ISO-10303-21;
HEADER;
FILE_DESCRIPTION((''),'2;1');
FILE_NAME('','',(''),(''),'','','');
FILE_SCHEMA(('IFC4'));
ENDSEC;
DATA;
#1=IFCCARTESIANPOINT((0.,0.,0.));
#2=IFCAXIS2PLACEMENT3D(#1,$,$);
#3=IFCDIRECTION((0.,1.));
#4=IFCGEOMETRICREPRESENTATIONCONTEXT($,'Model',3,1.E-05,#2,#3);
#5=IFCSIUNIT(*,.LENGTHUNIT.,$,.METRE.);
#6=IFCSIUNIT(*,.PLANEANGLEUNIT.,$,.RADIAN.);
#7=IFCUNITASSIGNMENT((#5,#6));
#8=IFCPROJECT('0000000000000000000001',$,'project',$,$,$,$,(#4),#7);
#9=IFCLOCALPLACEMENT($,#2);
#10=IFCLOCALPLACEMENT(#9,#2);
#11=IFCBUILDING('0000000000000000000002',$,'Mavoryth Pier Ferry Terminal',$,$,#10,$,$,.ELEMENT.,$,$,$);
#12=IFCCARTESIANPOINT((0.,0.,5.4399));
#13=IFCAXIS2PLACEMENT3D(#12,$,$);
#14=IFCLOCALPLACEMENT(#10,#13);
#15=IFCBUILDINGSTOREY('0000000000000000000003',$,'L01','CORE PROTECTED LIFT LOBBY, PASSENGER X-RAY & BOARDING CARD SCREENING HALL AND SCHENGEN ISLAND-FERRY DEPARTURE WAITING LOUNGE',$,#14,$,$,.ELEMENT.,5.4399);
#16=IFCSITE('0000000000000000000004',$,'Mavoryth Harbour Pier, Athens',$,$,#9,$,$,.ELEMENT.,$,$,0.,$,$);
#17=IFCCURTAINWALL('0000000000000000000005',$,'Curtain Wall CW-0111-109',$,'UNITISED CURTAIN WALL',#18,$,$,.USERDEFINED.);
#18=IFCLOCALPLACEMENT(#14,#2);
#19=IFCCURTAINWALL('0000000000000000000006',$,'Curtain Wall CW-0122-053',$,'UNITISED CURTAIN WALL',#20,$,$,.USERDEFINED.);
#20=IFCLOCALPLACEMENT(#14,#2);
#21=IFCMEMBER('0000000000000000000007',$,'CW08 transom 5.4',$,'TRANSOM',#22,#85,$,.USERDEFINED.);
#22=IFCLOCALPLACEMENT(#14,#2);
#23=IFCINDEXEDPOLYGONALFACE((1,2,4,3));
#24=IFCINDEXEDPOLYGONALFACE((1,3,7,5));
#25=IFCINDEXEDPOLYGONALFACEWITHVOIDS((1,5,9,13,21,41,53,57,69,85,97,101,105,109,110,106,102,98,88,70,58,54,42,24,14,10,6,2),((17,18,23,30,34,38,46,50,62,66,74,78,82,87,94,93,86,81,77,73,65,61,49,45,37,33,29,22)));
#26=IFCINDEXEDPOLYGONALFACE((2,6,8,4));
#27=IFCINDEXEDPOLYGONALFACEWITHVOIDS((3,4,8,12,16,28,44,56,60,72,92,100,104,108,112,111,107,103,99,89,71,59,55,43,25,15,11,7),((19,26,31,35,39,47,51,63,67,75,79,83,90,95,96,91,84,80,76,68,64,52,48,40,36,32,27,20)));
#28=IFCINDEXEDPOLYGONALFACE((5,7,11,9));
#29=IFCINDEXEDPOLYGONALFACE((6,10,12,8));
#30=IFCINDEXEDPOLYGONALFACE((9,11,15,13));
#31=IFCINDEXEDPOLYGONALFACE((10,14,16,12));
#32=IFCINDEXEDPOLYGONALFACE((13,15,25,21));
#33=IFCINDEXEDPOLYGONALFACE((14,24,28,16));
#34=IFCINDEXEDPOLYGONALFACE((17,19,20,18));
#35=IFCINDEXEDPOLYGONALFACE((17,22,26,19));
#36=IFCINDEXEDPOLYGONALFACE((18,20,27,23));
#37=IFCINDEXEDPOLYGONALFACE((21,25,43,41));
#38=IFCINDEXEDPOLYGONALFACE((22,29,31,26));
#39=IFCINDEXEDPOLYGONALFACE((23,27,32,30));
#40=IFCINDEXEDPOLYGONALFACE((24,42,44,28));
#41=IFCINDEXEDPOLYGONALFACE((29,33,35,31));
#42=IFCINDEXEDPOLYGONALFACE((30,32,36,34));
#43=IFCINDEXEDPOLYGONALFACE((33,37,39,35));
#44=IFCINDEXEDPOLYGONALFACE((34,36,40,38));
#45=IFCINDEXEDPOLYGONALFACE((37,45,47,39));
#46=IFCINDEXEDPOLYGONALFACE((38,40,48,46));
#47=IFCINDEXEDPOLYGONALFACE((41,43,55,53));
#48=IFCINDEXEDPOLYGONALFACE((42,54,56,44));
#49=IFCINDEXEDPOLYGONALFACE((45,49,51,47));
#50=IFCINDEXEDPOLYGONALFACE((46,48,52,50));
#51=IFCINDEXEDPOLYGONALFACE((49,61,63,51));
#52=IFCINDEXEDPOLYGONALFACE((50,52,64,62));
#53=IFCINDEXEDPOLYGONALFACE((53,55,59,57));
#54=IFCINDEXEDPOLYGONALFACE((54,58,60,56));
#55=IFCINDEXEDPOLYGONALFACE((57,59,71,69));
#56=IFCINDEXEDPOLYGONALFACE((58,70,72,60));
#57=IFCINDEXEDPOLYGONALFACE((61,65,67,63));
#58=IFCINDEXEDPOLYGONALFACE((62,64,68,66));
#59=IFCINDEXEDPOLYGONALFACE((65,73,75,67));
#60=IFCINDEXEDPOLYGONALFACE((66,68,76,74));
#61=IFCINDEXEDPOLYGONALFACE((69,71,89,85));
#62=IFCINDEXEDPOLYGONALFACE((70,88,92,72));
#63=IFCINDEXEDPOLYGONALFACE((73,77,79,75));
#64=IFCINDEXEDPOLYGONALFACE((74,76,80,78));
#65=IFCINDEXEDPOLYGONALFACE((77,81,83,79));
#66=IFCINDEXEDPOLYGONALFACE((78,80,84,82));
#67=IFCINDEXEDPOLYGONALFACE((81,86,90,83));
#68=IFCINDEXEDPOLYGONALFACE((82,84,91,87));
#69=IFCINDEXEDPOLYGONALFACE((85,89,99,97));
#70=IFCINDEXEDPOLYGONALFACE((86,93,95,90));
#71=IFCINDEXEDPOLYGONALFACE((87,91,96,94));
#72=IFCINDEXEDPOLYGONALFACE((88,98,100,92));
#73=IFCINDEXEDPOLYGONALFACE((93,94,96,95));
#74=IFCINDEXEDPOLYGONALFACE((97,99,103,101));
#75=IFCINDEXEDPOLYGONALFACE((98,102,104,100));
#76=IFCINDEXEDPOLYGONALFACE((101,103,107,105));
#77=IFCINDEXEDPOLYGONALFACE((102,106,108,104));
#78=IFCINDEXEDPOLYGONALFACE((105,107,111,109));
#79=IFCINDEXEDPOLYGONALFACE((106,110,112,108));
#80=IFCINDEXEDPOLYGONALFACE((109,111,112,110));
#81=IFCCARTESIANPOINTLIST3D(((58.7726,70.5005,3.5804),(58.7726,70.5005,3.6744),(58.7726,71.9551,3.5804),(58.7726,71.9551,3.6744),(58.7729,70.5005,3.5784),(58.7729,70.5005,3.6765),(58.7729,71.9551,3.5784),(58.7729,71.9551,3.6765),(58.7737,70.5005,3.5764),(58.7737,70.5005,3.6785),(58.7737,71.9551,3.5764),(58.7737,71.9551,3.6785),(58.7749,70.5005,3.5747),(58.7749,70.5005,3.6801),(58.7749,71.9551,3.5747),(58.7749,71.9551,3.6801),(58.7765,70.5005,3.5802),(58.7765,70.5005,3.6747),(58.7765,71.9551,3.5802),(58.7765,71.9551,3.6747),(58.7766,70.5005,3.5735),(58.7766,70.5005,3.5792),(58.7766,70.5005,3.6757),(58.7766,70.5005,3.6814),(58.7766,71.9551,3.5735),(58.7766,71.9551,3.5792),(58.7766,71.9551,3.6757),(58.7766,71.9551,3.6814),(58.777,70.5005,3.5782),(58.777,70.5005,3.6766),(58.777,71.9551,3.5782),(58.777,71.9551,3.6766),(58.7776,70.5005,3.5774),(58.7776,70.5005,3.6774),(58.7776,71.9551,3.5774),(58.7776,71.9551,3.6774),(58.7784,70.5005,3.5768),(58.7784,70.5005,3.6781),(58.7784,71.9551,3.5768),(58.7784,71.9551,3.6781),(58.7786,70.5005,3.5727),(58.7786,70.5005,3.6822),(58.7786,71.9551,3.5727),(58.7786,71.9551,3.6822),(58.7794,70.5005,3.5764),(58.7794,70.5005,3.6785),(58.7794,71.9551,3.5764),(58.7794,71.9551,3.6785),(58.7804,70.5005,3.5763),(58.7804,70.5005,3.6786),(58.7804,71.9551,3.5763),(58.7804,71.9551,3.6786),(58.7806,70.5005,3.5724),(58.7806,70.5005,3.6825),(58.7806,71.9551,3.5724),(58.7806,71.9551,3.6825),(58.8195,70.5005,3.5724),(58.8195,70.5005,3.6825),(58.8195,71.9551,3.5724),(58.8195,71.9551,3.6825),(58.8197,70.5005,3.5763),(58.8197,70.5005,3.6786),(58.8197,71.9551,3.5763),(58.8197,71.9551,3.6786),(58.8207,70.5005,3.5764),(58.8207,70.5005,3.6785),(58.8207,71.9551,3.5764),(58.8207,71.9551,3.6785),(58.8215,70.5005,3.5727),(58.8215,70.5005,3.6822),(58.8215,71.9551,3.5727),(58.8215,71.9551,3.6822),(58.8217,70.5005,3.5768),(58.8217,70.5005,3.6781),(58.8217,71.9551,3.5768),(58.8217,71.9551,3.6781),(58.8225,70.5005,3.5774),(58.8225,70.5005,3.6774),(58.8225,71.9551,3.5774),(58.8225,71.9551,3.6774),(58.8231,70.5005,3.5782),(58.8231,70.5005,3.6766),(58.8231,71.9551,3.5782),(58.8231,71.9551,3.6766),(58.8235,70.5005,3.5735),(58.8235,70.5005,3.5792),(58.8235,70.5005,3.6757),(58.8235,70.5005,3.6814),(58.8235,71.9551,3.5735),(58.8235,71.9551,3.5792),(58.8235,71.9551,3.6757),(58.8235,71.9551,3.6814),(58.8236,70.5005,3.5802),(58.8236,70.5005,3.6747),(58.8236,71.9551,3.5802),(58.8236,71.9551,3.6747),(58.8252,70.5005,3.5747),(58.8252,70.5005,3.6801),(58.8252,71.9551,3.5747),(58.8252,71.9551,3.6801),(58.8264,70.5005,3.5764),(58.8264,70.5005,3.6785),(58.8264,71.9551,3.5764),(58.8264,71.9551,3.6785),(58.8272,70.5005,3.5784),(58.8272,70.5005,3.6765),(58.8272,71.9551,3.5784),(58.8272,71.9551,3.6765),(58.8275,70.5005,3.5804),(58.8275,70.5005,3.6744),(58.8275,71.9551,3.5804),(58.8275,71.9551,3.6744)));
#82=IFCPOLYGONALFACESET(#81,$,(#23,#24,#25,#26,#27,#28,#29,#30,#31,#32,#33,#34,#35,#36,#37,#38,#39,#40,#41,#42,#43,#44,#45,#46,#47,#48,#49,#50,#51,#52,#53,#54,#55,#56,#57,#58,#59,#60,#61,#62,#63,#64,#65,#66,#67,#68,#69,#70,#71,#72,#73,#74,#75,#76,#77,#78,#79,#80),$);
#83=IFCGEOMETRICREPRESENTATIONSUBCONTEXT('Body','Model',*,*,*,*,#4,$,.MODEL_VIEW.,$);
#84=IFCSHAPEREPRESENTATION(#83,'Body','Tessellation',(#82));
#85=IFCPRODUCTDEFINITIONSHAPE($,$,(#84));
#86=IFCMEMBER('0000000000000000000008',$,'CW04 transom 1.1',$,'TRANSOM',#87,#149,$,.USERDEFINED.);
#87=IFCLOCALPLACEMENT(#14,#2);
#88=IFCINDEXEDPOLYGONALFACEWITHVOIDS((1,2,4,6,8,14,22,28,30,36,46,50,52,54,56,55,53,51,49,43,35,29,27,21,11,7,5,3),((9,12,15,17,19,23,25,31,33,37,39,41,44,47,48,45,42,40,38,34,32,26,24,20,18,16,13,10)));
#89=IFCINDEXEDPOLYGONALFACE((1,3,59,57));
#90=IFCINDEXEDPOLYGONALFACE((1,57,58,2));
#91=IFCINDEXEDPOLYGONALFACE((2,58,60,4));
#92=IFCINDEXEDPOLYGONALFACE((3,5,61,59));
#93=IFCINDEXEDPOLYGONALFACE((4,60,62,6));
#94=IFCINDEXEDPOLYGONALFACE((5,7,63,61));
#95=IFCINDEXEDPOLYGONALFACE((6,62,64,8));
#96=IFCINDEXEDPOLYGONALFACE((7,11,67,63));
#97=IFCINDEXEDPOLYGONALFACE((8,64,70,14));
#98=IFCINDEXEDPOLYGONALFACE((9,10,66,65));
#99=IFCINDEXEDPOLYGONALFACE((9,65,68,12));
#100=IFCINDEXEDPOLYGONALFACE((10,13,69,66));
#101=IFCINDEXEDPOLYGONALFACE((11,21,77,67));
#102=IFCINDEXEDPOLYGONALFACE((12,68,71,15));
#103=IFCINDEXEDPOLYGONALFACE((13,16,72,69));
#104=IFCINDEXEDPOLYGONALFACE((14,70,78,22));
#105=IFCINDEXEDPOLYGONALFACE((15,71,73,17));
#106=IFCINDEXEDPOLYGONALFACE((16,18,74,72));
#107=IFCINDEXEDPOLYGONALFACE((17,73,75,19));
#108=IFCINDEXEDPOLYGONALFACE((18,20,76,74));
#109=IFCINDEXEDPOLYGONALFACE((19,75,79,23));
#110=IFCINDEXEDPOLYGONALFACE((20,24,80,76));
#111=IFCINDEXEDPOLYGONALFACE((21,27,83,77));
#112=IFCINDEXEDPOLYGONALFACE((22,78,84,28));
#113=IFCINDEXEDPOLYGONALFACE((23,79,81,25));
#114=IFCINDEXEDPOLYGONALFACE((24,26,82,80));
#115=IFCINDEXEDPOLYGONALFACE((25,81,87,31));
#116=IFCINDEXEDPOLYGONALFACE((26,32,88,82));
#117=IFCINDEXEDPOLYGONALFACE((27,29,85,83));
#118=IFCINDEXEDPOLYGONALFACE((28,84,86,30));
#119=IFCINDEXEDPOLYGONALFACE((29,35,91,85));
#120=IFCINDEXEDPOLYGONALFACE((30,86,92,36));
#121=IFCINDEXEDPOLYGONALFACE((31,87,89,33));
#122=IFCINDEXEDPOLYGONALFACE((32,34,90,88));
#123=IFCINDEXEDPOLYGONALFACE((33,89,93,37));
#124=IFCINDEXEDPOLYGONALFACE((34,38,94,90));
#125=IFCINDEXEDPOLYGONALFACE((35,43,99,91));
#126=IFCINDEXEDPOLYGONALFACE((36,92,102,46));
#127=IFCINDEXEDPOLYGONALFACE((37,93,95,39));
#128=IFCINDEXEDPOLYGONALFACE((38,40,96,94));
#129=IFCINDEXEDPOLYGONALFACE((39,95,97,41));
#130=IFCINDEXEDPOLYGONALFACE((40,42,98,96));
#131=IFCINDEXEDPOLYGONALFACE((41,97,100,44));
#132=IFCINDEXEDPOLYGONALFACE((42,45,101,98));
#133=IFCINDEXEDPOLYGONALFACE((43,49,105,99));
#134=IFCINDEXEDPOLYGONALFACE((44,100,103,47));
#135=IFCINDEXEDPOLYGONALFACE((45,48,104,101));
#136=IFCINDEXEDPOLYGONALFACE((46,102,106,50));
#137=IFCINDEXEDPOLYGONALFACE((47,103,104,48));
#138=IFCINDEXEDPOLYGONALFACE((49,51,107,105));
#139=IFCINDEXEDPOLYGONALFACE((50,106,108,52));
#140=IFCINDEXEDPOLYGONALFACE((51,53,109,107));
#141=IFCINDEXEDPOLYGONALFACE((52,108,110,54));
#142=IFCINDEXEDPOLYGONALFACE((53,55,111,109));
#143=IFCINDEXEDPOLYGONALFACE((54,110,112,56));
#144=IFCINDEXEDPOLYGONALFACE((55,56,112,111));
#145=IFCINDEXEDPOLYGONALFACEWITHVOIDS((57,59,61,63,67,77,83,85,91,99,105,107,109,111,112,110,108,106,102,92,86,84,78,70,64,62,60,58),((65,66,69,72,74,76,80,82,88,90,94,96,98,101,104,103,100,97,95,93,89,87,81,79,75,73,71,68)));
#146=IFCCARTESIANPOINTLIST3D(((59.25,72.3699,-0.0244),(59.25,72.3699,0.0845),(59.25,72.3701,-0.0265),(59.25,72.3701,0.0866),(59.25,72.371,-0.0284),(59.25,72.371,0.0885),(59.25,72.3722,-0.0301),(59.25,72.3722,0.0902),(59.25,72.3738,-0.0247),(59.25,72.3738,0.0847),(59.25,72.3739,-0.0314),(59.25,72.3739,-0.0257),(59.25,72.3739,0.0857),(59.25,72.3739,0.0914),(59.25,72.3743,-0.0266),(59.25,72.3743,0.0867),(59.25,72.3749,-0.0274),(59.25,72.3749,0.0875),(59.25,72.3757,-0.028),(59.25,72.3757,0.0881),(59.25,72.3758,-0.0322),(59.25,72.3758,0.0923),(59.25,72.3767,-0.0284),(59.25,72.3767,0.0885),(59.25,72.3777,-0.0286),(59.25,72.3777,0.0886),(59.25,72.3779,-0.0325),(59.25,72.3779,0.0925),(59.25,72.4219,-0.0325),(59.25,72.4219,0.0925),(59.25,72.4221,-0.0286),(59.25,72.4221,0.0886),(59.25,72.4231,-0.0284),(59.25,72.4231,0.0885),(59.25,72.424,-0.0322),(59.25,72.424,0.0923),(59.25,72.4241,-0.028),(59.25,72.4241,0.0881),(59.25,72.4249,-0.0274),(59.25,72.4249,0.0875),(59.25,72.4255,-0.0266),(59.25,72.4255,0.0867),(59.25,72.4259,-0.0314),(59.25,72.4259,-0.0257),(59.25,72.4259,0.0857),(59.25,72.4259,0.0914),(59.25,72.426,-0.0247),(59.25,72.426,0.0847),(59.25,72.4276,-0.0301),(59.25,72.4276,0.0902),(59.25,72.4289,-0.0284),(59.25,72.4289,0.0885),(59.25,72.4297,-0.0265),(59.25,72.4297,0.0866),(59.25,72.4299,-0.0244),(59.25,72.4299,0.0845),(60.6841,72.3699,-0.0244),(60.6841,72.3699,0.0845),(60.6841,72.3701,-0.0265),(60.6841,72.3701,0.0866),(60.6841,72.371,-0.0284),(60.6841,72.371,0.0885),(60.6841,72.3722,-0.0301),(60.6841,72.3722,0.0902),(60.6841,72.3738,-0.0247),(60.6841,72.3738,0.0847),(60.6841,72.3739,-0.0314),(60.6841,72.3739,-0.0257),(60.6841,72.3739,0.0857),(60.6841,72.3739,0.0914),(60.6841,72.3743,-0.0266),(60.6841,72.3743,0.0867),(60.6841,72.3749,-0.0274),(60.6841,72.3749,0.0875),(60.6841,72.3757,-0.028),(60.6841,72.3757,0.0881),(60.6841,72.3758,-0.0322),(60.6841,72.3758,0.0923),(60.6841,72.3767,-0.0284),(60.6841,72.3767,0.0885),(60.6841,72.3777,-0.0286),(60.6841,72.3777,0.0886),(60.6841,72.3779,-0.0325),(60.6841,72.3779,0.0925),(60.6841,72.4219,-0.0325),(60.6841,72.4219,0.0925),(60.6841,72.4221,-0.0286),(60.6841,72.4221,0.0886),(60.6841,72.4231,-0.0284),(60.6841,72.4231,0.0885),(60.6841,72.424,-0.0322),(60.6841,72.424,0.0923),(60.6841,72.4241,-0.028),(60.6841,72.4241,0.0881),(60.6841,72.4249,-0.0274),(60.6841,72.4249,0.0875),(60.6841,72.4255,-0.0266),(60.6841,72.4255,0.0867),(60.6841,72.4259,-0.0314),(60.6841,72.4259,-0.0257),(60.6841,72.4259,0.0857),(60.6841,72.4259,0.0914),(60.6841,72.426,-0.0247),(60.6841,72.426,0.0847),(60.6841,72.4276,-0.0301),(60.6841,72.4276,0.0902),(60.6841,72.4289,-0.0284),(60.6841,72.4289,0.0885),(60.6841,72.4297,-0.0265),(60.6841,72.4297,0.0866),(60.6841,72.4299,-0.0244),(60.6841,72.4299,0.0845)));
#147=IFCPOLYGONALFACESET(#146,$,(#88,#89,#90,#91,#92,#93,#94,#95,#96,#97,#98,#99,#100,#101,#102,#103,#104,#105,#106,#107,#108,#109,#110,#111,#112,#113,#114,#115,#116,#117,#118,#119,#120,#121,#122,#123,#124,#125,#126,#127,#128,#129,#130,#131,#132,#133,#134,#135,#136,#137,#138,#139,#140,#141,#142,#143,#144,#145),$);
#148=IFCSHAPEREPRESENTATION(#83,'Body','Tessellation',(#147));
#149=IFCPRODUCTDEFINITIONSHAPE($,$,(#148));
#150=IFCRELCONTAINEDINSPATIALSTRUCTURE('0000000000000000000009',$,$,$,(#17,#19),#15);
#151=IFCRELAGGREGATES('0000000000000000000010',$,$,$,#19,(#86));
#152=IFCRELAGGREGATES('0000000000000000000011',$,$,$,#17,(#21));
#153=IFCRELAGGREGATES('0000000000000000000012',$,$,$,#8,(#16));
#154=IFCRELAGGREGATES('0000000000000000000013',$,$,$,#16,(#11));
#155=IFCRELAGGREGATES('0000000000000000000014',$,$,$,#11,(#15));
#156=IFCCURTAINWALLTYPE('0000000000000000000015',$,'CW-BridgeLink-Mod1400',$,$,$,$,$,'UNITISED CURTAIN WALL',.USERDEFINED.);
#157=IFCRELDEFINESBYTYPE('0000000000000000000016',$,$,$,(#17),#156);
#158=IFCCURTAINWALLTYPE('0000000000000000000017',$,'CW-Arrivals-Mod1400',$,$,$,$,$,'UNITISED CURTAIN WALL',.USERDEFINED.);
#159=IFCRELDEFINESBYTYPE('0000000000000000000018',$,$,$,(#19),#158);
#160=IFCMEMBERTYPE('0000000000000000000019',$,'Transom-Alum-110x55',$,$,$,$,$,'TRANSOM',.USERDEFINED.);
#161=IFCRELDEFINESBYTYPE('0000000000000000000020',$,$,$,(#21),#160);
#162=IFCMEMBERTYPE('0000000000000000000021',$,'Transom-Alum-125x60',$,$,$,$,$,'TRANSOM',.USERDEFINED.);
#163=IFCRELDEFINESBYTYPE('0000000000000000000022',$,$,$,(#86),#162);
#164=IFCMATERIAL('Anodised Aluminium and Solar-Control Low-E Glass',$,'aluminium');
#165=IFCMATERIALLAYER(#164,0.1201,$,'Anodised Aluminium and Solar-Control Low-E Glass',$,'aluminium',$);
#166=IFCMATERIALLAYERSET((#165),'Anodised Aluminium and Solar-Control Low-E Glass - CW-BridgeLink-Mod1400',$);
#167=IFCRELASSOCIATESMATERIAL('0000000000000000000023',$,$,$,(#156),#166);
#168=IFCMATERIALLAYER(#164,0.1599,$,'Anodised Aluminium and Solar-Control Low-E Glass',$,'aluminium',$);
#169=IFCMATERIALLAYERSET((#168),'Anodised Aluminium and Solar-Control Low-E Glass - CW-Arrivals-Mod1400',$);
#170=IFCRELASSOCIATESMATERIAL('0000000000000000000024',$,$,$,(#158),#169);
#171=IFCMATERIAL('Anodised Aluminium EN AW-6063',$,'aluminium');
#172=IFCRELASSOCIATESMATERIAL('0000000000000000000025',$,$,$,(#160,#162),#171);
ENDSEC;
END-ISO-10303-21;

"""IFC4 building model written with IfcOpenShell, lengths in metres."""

from ifc_helpers import new_model, si_unit, direction, frame, origin, origin_2d, place, context, subcontext, project, spatial, hollow_rectangle, extrude, material, layer, layer_set, material_profile, profile_set, type_object, element, aggregate, save


model = new_model("IFC4")

# Units and contexts
model_context = context("Model", 3, precision=1e-05, world=origin(), true_north=direction((0.0, 1.0)))
body_context = subcontext(model_context, "Body", "Model", "MODEL_VIEW")
ifc_project = project(units=[si_unit("LENGTHUNIT", "METRE"), si_unit("PLANEANGLEUNIT", "RADIAN")], contexts=[model_context])

# Site, building, storey
site_placement = place(None, origin())
site = spatial("IfcSite", under=ifc_project, at=site_placement, Name="Mavoryth Harbour Pier, Athens", CompositionType="ELEMENT", RefElevation=0.0)
building_placement = place(site_placement, origin())
building = spatial("IfcBuilding", under=site, at=building_placement, Name="Mavoryth Pier Ferry Terminal", CompositionType="ELEMENT")
storey_placement = place(building_placement, frame((0.0, 0.0, 5.4399)))
storey = spatial("IfcBuildingStorey", under=building, at=storey_placement, Name="L01", Description="CORE PROTECTED LIFT LOBBY, PASSENGER X-RAY & BOARDING CARD SCREENING HALL AND SCHENGEN ISLAND-FERRY DEPARTURE WAITING LOUNGE", CompositionType="ELEMENT", Elevation=5.4399)

# Curtain walls
ifc_material_1 = material(Name="Anodised Aluminium and Solar-Control Low-E Glass", Category="aluminium")
ifc_layer_1 = layer(ifc_material_1, 0.1201, Name="Anodised Aluminium and Solar-Control Low-E Glass", Category="aluminium")
ifc_layer_set_1 = layer_set([ifc_layer_1], Name="Anodised Aluminium and Solar-Control Low-E Glass - CW-BridgeLink-Mod1400")
curtain_wall_type_1 = type_object("IfcCurtainWallType", Name="CW-BridgeLink-Mod1400", ElementType="UNITISED CURTAIN WALL", PredefinedType="USERDEFINED", material=ifc_layer_set_1)
curtain_wall_1_placement = place(storey_placement, origin())
curtain_wall_1 = element("IfcCurtainWall", 1, at=curtain_wall_1_placement, inside=storey, type_object=curtain_wall_type_1, Name="Curtain Wall CW-0111-109", ObjectType="UNITISED CURTAIN WALL", PredefinedType="USERDEFINED")
ifc_material_2 = material(Name="Anodised Aluminium EN AW-6063", Category="aluminium")
ifc_layer_2 = layer(ifc_material_1, 0.1599, Name="Anodised Aluminium and Solar-Control Low-E Glass", Category="aluminium")
ifc_layer_set_2 = layer_set([ifc_layer_2], Name="Anodised Aluminium and Solar-Control Low-E Glass - CW-Arrivals-Mod1400")
curtain_wall_type_2 = type_object("IfcCurtainWallType", Name="CW-Arrivals-Mod1400", ElementType="UNITISED CURTAIN WALL", PredefinedType="USERDEFINED", material=ifc_layer_set_2)
curtain_wall_2_placement = place(storey_placement, origin())
curtain_wall_2 = element("IfcCurtainWall", 2, at=curtain_wall_2_placement, inside=storey, type_object=curtain_wall_type_2, Name="Curtain Wall CW-0122-053", ObjectType="UNITISED CURTAIN WALL", PredefinedType="USERDEFINED")

# Members
ifc_material_profile_1 = material_profile(ifc_material_2, hollow_rectangle(XDim=0.0549, YDim=0.1101, WallThickness=0.0039, InnerFilletRadius=0.0039, OuterFilletRadius=0.0081, at=origin_2d()), Name="AL-TRAN 110x55x4", Category="aluminium")
ifc_profile_set_1 = profile_set([ifc_material_profile_1], Name="Anodised Aluminium EN AW-6063 - AL-TRAN 110x55x4")
member_type_1 = type_object("IfcMemberType", Name="Transom-Alum-110x55", ElementType="TRANSOM", PredefinedType="USERDEFINED", material=ifc_profile_set_1)
member_1_placement = place(storey_placement, frame((58.8, 70.5005, 3.6274), z_axis=(0.0, 1.0, 0.0), x_axis=(-1.0, 0.0, 0.0)))
member_1 = element("IfcMember", 3, at=member_1_placement, type_object=member_type_1, Name="CW08 transom 5.4", ObjectType="TRANSOM", PredefinedType="USERDEFINED", context=body_context, shape_type="SweptSolid", body=[
    extrude(hollow_rectangle(XDim=0.0549, YDim=0.1101, WallThickness=0.0039, InnerFilletRadius=0.0039, OuterFilletRadius=0.0081, at=origin_2d()), origin(), (0.0, 0.0, 1.0), 1.4546),
])
ifc_material_profile_2 = material_profile(ifc_material_2, hollow_rectangle(XDim=0.0601, YDim=0.125, WallThickness=0.0039, InnerFilletRadius=0.0039, OuterFilletRadius=0.0081, at=origin_2d()), Name="AL-TRAN 125x60x4", Category="aluminium")
ifc_profile_set_2 = profile_set([ifc_material_profile_2], Name="Anodised Aluminium EN AW-6063 - AL-TRAN 125x60x4")
member_type_2 = type_object("IfcMemberType", Name="Transom-Alum-125x60", ElementType="TRANSOM", PredefinedType="USERDEFINED", material=ifc_profile_set_2)
member_2_placement = place(storey_placement, frame((59.25, 72.3999, 0.03), z_axis=(1.0, 0.0, 0.0), x_axis=(0.0, 1.0, 0.0)))
member_2 = element("IfcMember", 4, at=member_2_placement, type_object=member_type_2, Name="CW04 transom 1.1", ObjectType="TRANSOM", PredefinedType="USERDEFINED", context=body_context, shape_type="SweptSolid", body=[
    extrude(hollow_rectangle(XDim=0.0601, YDim=0.125, WallThickness=0.0039, InnerFilletRadius=0.0039, OuterFilletRadius=0.0081, at=origin_2d()), origin(), (0.0, 0.0, 1.0), 1.4341),
])

aggregate(curtain_wall_2, [member_2])
aggregate(curtain_wall_1, [member_1])

save(model, "model.ifc")
